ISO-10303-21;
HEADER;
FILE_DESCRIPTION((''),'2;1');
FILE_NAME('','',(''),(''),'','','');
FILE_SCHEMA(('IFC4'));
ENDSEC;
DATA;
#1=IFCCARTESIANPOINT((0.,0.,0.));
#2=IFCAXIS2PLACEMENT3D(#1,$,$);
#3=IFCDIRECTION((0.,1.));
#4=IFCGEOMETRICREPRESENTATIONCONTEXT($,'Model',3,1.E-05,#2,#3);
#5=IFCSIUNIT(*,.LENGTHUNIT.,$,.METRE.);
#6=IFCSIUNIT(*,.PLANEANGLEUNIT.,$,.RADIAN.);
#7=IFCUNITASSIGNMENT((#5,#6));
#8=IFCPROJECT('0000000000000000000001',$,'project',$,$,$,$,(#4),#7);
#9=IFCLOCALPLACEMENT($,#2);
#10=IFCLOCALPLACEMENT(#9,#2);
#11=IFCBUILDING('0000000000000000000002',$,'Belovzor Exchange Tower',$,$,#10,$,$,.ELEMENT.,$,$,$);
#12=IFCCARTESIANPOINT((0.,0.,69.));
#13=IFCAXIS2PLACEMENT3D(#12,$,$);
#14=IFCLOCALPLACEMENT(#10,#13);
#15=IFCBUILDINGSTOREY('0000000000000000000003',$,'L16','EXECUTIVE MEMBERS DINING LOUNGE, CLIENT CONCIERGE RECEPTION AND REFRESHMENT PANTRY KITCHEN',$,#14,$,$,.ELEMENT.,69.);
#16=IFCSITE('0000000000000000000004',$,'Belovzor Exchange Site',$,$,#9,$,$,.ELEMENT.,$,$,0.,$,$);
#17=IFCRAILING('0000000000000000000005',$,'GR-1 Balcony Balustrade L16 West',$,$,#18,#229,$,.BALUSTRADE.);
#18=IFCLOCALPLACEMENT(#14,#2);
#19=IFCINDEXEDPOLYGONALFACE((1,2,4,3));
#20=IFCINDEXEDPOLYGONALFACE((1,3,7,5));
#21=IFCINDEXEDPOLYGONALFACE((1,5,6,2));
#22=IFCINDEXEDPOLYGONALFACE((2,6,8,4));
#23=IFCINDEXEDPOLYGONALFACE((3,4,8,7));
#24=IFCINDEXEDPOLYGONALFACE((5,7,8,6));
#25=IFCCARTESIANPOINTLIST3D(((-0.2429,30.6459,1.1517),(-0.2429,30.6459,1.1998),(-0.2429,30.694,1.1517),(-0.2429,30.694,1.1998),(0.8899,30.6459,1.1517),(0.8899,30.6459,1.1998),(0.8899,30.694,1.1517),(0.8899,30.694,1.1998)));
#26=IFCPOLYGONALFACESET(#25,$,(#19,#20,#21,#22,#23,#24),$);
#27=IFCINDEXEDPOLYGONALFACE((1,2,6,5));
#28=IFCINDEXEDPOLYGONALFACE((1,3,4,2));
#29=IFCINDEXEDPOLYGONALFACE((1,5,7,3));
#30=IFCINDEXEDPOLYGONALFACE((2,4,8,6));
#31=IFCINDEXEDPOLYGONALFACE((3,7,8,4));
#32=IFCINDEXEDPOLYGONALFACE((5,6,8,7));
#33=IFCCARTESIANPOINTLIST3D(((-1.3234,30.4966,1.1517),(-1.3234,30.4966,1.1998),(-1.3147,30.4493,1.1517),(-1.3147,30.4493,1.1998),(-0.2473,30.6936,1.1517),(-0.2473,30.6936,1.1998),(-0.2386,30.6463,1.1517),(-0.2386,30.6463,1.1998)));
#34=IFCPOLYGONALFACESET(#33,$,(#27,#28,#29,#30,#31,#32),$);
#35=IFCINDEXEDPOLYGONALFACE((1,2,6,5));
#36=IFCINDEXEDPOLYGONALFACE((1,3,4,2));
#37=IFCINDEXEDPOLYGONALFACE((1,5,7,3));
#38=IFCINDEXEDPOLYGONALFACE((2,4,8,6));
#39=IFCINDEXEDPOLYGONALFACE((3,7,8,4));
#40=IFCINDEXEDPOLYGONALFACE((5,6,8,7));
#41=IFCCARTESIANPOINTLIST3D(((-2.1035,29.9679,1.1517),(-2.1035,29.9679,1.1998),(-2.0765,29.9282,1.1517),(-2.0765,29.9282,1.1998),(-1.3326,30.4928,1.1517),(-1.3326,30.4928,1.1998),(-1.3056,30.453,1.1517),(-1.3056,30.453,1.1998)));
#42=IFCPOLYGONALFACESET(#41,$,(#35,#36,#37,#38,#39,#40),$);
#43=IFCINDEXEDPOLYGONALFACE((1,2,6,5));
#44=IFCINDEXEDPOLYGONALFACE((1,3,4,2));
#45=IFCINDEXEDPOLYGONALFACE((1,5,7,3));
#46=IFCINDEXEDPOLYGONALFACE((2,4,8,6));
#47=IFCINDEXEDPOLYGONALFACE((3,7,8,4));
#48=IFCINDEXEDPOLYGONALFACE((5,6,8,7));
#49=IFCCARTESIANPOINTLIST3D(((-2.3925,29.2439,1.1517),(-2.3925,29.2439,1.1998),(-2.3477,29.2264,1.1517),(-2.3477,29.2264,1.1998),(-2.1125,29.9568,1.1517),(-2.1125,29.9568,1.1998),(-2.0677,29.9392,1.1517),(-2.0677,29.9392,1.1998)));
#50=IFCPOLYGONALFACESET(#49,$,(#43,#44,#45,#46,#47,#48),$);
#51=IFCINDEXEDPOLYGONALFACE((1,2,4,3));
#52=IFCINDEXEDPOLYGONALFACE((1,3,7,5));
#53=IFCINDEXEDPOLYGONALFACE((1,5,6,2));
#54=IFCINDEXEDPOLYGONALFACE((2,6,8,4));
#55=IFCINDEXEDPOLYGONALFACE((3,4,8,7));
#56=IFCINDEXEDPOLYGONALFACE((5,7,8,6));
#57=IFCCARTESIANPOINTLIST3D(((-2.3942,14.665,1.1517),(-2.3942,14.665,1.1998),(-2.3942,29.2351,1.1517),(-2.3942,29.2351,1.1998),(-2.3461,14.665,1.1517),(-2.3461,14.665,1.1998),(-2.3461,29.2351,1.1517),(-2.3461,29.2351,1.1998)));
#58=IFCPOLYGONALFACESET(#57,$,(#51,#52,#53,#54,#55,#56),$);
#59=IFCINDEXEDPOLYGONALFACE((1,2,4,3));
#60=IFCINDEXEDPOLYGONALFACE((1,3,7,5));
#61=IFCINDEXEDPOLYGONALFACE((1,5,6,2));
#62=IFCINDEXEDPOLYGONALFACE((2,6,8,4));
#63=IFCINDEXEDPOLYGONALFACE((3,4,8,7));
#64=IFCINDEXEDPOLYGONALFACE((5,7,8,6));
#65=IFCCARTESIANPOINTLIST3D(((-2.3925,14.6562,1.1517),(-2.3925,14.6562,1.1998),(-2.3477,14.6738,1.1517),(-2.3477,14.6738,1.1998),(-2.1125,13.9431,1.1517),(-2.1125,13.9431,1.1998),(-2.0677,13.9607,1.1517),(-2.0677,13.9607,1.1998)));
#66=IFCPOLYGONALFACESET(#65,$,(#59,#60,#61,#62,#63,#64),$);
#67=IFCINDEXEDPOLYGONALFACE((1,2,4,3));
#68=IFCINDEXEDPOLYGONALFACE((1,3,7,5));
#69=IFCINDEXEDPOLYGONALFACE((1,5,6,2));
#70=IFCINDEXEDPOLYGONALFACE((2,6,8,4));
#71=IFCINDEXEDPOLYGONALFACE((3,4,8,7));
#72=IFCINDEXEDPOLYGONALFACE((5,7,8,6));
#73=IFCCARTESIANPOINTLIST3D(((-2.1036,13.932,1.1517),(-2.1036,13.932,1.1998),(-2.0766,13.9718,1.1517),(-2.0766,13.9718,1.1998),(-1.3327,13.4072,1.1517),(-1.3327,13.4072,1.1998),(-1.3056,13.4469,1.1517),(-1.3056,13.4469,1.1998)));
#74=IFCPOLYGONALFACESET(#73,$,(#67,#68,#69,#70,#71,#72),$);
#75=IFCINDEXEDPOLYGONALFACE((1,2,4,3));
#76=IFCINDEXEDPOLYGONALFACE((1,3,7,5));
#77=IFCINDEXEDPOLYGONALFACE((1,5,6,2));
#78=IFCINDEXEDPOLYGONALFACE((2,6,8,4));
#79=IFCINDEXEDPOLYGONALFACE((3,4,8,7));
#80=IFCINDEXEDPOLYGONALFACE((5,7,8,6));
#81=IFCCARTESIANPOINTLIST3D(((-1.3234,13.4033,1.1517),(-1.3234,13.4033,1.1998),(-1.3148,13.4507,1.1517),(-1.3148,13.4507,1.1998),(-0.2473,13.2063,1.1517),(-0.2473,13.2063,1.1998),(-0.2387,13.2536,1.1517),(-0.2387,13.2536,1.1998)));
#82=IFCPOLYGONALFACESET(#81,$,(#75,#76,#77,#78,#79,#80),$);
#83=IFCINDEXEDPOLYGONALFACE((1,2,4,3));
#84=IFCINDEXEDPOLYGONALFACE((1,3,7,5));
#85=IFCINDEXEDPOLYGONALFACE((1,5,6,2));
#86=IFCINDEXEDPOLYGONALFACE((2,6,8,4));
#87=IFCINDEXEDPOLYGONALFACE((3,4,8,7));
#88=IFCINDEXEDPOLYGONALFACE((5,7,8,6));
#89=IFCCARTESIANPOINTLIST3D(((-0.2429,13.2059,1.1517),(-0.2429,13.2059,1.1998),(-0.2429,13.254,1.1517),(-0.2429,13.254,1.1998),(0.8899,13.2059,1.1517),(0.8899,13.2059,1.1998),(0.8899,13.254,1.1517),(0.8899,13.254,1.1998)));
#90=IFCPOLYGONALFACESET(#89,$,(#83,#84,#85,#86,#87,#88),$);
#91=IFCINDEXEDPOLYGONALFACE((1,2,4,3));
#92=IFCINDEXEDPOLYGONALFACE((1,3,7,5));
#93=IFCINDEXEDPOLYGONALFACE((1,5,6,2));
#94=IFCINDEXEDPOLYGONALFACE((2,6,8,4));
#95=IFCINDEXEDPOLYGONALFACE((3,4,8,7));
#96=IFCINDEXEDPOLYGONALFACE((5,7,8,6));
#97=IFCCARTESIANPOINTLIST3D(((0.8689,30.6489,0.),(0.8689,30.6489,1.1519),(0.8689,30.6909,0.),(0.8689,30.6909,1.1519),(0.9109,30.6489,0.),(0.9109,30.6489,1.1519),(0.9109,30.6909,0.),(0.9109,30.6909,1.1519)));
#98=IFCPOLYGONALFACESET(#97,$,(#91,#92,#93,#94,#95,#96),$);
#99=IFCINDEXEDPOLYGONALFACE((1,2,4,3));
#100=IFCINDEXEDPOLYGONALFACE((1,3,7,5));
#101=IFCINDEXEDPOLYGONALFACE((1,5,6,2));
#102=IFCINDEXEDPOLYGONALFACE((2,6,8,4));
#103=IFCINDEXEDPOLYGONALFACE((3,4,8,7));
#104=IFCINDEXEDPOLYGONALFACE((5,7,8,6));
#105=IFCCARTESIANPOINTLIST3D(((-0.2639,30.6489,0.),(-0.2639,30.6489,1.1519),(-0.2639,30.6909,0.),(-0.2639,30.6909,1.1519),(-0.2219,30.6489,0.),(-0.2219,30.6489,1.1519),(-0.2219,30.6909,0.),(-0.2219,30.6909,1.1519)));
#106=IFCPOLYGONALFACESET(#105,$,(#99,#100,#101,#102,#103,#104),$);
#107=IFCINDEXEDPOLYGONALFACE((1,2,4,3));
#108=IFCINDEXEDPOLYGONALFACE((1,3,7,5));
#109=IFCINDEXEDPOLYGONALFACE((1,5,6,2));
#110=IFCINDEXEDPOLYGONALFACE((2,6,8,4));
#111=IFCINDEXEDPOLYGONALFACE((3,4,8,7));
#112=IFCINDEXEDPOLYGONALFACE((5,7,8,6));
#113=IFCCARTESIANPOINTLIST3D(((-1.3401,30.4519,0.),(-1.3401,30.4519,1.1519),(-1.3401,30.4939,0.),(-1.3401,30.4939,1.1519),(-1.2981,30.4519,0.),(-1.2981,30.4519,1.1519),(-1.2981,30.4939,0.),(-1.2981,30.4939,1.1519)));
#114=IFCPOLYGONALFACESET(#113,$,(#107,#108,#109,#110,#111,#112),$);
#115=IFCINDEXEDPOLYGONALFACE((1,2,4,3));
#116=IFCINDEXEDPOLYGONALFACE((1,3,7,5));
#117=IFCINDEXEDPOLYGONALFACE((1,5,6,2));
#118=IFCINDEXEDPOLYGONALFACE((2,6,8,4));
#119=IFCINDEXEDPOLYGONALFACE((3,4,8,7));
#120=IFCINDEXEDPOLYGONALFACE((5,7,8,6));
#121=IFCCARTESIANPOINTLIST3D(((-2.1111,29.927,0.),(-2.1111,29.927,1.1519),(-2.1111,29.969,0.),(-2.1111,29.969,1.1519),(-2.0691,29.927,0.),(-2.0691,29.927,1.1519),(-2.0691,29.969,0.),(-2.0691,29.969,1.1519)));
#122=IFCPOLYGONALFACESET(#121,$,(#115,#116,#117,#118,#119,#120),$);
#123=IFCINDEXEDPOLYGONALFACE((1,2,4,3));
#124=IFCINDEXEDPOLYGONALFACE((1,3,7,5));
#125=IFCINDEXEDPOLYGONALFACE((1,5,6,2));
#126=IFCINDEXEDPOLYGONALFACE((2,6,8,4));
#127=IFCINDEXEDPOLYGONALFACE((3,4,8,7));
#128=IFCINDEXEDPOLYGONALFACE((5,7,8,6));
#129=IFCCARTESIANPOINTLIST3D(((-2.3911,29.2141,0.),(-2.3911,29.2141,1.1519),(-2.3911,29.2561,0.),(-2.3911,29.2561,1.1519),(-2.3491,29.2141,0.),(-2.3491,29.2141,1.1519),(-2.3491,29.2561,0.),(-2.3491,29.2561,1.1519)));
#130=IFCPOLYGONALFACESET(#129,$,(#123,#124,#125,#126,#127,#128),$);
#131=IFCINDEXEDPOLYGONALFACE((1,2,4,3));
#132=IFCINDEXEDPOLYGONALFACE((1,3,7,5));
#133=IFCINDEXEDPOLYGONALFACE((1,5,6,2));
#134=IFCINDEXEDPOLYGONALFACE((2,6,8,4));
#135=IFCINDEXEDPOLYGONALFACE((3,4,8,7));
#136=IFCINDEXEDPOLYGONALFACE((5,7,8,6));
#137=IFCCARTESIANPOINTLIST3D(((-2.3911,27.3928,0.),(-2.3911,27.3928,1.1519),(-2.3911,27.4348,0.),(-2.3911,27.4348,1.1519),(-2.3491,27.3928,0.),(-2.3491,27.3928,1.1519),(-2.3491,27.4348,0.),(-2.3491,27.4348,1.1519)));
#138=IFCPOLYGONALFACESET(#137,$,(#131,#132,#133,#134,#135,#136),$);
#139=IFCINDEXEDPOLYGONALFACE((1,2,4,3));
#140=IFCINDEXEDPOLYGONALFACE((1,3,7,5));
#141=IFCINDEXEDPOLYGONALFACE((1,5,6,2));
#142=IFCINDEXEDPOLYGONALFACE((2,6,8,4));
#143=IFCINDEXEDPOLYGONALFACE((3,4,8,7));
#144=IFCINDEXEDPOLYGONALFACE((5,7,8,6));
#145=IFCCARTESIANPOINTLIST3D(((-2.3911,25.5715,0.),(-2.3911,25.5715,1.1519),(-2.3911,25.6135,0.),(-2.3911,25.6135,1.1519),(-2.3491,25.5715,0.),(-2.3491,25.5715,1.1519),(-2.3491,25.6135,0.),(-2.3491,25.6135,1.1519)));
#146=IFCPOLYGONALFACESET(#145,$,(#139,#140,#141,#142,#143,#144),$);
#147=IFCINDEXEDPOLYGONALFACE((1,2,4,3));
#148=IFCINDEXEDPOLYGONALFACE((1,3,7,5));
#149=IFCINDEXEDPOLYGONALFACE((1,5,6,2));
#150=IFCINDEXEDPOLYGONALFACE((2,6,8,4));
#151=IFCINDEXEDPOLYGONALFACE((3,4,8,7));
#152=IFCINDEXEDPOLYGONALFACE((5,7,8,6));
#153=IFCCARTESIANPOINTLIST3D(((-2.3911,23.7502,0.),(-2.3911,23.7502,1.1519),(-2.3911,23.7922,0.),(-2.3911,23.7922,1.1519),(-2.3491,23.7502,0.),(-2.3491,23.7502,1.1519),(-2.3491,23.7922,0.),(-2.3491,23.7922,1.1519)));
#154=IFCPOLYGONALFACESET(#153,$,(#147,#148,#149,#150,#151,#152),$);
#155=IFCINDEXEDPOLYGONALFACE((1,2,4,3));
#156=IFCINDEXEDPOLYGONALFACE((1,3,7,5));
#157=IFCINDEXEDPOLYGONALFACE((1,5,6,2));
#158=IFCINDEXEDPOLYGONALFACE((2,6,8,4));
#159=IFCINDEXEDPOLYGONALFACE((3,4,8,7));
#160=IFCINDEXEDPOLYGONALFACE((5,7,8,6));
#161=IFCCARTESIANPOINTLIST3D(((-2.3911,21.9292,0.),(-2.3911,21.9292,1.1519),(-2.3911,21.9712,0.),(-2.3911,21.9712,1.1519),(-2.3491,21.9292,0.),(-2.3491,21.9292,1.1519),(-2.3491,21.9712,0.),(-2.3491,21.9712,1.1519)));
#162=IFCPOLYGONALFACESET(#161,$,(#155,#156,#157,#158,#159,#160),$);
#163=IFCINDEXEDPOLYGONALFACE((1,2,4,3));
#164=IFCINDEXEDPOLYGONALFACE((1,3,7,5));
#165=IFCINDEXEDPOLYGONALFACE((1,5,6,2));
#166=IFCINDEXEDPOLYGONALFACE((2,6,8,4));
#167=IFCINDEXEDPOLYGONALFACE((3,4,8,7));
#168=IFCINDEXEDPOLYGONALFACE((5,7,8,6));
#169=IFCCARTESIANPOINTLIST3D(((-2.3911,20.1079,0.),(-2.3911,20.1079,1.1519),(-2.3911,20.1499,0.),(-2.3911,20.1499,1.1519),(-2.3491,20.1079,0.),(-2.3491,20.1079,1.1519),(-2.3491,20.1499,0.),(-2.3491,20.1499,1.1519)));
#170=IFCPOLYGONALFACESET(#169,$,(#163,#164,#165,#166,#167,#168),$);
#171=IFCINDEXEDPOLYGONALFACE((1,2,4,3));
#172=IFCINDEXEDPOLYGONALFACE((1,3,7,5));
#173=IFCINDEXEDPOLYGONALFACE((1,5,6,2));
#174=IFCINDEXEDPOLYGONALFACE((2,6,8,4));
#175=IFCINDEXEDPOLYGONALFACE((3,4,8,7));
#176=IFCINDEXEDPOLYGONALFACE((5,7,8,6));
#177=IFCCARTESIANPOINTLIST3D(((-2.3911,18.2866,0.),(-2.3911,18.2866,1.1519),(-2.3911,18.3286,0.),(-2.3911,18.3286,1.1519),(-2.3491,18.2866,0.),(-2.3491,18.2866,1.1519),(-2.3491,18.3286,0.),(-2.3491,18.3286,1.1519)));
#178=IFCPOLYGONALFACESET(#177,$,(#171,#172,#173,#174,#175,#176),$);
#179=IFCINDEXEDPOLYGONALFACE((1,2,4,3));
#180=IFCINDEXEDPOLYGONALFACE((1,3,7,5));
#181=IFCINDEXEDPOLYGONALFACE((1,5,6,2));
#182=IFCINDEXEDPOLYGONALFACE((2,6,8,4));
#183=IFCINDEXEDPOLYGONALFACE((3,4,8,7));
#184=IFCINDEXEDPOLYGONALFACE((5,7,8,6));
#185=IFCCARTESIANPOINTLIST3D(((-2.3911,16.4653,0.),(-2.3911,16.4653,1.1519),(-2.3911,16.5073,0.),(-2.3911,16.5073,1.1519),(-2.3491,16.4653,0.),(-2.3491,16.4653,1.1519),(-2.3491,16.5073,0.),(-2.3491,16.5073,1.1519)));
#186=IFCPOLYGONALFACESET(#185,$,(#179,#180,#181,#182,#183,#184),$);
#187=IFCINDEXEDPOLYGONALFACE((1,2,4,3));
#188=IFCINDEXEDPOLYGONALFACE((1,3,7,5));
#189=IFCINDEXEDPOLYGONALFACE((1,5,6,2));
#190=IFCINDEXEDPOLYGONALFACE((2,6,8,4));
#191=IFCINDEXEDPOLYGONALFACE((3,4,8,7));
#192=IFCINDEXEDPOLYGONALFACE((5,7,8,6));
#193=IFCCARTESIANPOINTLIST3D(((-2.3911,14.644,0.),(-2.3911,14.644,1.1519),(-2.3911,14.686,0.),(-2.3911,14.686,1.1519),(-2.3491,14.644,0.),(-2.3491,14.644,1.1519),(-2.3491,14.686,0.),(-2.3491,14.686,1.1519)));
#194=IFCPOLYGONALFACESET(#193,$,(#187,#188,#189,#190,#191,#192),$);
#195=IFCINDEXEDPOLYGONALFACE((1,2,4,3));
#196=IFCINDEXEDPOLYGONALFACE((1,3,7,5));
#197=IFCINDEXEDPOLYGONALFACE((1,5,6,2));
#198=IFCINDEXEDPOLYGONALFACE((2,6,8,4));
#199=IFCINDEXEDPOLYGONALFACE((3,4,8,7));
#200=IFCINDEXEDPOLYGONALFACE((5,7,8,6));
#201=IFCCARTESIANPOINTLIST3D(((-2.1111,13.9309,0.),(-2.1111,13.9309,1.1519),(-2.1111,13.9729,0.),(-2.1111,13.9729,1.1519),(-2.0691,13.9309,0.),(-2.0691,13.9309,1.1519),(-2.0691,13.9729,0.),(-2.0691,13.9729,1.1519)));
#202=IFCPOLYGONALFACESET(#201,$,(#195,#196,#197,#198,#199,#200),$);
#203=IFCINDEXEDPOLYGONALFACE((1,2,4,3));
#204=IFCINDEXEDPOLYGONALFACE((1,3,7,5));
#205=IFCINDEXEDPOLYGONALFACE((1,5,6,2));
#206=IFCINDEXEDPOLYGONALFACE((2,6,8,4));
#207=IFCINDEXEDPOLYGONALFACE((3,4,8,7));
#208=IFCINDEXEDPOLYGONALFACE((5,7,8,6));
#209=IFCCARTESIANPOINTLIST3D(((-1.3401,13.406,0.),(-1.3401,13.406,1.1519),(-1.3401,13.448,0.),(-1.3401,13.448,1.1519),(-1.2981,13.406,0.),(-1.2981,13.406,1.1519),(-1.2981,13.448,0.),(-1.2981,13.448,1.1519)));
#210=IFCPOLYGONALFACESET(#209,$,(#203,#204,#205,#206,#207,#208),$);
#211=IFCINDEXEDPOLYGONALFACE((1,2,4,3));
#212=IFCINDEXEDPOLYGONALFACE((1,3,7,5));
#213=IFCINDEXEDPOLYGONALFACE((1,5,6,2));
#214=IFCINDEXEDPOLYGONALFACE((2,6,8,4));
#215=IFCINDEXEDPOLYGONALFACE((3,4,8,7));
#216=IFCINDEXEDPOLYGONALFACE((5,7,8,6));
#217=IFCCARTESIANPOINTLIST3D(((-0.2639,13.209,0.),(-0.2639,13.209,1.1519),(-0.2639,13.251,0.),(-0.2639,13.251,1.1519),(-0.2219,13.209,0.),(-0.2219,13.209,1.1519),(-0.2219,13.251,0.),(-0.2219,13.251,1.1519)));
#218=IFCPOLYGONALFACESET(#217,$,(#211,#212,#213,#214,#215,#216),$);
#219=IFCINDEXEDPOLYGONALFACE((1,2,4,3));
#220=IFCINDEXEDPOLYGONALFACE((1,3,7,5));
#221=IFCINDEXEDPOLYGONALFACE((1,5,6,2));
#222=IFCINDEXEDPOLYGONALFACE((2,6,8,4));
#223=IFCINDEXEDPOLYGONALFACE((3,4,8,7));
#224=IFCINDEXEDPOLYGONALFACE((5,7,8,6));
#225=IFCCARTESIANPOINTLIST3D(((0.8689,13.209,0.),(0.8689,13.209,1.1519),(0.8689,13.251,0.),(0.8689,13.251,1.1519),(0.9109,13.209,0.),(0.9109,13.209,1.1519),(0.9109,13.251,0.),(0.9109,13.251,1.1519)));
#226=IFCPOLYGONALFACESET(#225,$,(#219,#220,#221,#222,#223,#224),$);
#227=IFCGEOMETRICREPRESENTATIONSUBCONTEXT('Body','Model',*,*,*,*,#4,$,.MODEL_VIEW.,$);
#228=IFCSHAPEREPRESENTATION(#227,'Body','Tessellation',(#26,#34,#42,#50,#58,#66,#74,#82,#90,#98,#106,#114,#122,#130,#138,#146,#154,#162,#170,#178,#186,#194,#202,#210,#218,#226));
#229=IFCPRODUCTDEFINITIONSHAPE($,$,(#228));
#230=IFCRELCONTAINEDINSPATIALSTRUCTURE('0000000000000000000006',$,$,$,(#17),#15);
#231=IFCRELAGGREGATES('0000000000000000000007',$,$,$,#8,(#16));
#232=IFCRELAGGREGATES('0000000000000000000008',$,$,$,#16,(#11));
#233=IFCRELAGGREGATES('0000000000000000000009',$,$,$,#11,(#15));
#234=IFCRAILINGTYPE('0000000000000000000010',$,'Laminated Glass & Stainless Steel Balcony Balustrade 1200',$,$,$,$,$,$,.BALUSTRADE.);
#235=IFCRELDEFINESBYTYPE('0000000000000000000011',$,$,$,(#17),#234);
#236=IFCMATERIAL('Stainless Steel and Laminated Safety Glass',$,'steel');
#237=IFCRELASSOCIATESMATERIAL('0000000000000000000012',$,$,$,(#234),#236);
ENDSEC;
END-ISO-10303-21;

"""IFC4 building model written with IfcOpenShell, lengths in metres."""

from ifc_helpers import new_model, si_unit, direction, frame, origin, origin_2d, place, context, subcontext, project, spatial, rectangle, extrude, material, type_object, element, save


model = new_model("IFC4")

# Units and contexts
model_context = context("Model", 3, precision=1e-05, world=origin(), true_north=direction((0.0, 1.0)))
body_context = subcontext(model_context, "Body", "Model", "MODEL_VIEW")
ifc_project = project(units=[si_unit("LENGTHUNIT", "METRE"), si_unit("PLANEANGLEUNIT", "RADIAN")], contexts=[model_context])

# Site, building, storey
site_placement = place(None, origin())
site = spatial("IfcSite", under=ifc_project, at=site_placement, Name="Belovzor Exchange Site", CompositionType="ELEMENT", RefElevation=0.0)
building_placement = place(site_placement, origin())
building = spatial("IfcBuilding", under=site, at=building_placement, Name="Belovzor Exchange Tower", CompositionType="ELEMENT")
storey_placement = place(building_placement, frame((0.0, 0.0, 69.0)))
storey = spatial("IfcBuildingStorey", under=building, at=storey_placement, Name="L16", Description="EXECUTIVE MEMBERS DINING LOUNGE, CLIENT CONCIERGE RECEPTION AND REFRESHMENT PANTRY KITCHEN", CompositionType="ELEMENT", Elevation=69.0)

# Railing
ifc_material_1 = material(Name="Stainless Steel and Laminated Safety Glass", Category="steel")
railing_type = type_object("IfcRailingType", Name="Laminated Glass & Stainless Steel Balcony Balustrade 1200", PredefinedType="BALUSTRADE", material=ifc_material_1)
railing_placement = place(storey_placement, frame((0.8899, 30.6699, 0.0)))
element("IfcRailing", 1, at=railing_placement, inside=storey, type_object=railing_type, Name="GR-1 Balcony Balustrade L16 West", PredefinedType="BALUSTRADE", context=body_context, shape_type="SweptSolid", body=[
    extrude(rectangle(XDim=0.0481, YDim=0.0481, at=origin_2d()), frame((0.0, 0.0, 1.1758), z_axis=(-1.0, 0.0, 0.0), x_axis=(0.0, -1.0, 0.0)), (0.0, 0.0, 1.0), 1.1328),
    extrude(rectangle(XDim=0.0481, YDim=0.0481, at=origin_2d()), frame((-1.1328, 0.0, 1.1758), z_axis=(-0.983651, -0.180083, 0.0), x_axis=(0.180083, -0.983651, 0.0)), (0.0, 0.0, 1.0), 1.094),
    extrude(rectangle(XDim=0.0481, YDim=0.0481, at=origin_2d()), frame((-2.209, -0.197, 1.1758), z_axis=(-0.826615, -0.562768, 0.0), x_axis=(0.562768, -0.826615, 0.0)), (0.0, 0.0, 1.0), 0.9326),
    extrude(rectangle(XDim=0.0481, YDim=0.0481, at=origin_2d()), frame((-2.98, -0.7219, 1.1758), z_axis=(-0.365613, -0.930767, 0.0), x_axis=(0.930767, -0.365613, 0.0)), (0.0, 0.0, 1.0), 0.7659),
    extrude(rectangle(XDim=0.0481, YDim=0.0481, at=origin_2d()), frame((-3.26, -1.4348, 1.1758), z_axis=(0.0, -1.0, 0.0), x_axis=(1.0, 0.0, 0.0)), (0.0, 0.0, 1.0), 14.5701),
    extrude(rectangle(XDim=0.0481, YDim=0.0481, at=origin_2d()), frame((-3.26, -16.0049, 1.1758), z_axis=(0.365504, -0.93081, 0.0), x_axis=(0.93081, 0.365504, 0.0)), (0.0, 0.0, 1.0), 0.7661),
    extrude(rectangle(XDim=0.0481, YDim=0.0481, at=origin_2d()), frame((-2.98, -16.718, 1.1758), z_axis=(0.826615, -0.562768, 0.0), x_axis=(0.562768, 0.826615, 0.0)), (0.0, 0.0, 1.0), 0.9326),
    extrude(rectangle(XDim=0.0481, YDim=0.0481, at=origin_2d()), frame((-2.209, -17.2429, 1.1758), z_axis=(0.983651, -0.180083, 0.0), x_axis=(0.180083, 0.983651, 0.0)), (0.0, 0.0, 1.0), 1.094),
    extrude(rectangle(XDim=0.0481, YDim=0.0481, at=origin_2d()), frame((-1.1328, -17.4399, 1.1758), z_axis=(1.0, 0.0, 0.0), x_axis=(0.0, 1.0, 0.0)), (0.0, 0.0, 1.0), 1.1328),
    extrude(rectangle(XDim=0.042, YDim=0.042, at=origin_2d()), origin(), (0.0, 0.0, 1.0), 1.1519),
    extrude(rectangle(XDim=0.042, YDim=0.042, at=origin_2d()), frame((-1.1328, 0.0, 0.0)), (0.0, 0.0, 1.0), 1.1519),
    extrude(rectangle(XDim=0.042, YDim=0.042, at=origin_2d()), frame((-2.209, -0.197, 0.0)), (0.0, 0.0, 1.0), 1.1519),
    extrude(rectangle(XDim=0.042, YDim=0.042, at=origin_2d()), frame((-2.98, -0.7219, 0.0)), (0.0, 0.0, 1.0), 1.1519),
    extrude(rectangle(XDim=0.042, YDim=0.042, at=origin_2d()), frame((-3.26, -1.4348, 0.0)), (0.0, 0.0, 1.0), 1.1519),
    extrude(rectangle(XDim=0.042, YDim=0.042, at=origin_2d()), frame((-3.26, -3.2561, 0.0)), (0.0, 0.0, 1.0), 1.1519),
    extrude(rectangle(XDim=0.042, YDim=0.042, at=origin_2d()), frame((-3.26, -5.0774, 0.0)), (0.0, 0.0, 1.0), 1.1519),
    extrude(rectangle(XDim=0.042, YDim=0.042, at=origin_2d()), frame((-3.26, -6.8987, 0.0)), (0.0, 0.0, 1.0), 1.1519),
    extrude(rectangle(XDim=0.042, YDim=0.042, at=origin_2d()), frame((-3.26, -8.7197, 0.0)), (0.0, 0.0, 1.0), 1.1519),
    extrude(rectangle(XDim=0.042, YDim=0.042, at=origin_2d()), frame((-3.26, -10.541, 0.0)), (0.0, 0.0, 1.0), 1.1519),
    extrude(rectangle(XDim=0.042, YDim=0.042, at=origin_2d()), frame((-3.26, -12.3623, 0.0)), (0.0, 0.0, 1.0), 1.1519),
    extrude(rectangle(XDim=0.042, YDim=0.042, at=origin_2d()), frame((-3.26, -14.1836, 0.0)), (0.0, 0.0, 1.0), 1.1519),
    extrude(rectangle(XDim=0.042, YDim=0.042, at=origin_2d()), frame((-3.26, -16.0049, 0.0)), (0.0, 0.0, 1.0), 1.1519),
    extrude(rectangle(XDim=0.042, YDim=0.042, at=origin_2d()), frame((-2.98, -16.718, 0.0)), (0.0, 0.0, 1.0), 1.1519),
    extrude(rectangle(XDim=0.042, YDim=0.042, at=origin_2d()), frame((-2.209, -17.2429, 0.0)), (0.0, 0.0, 1.0), 1.1519),
    extrude(rectangle(XDim=0.042, YDim=0.042, at=origin_2d()), frame((-1.1328, -17.4399, 0.0)), (0.0, 0.0, 1.0), 1.1519),
    extrude(rectangle(XDim=0.042, YDim=0.042, at=origin_2d()), frame((0.0, -17.4399, 0.0)), (0.0, 0.0, 1.0), 1.1519),
])

save(model, "model.ifc")
